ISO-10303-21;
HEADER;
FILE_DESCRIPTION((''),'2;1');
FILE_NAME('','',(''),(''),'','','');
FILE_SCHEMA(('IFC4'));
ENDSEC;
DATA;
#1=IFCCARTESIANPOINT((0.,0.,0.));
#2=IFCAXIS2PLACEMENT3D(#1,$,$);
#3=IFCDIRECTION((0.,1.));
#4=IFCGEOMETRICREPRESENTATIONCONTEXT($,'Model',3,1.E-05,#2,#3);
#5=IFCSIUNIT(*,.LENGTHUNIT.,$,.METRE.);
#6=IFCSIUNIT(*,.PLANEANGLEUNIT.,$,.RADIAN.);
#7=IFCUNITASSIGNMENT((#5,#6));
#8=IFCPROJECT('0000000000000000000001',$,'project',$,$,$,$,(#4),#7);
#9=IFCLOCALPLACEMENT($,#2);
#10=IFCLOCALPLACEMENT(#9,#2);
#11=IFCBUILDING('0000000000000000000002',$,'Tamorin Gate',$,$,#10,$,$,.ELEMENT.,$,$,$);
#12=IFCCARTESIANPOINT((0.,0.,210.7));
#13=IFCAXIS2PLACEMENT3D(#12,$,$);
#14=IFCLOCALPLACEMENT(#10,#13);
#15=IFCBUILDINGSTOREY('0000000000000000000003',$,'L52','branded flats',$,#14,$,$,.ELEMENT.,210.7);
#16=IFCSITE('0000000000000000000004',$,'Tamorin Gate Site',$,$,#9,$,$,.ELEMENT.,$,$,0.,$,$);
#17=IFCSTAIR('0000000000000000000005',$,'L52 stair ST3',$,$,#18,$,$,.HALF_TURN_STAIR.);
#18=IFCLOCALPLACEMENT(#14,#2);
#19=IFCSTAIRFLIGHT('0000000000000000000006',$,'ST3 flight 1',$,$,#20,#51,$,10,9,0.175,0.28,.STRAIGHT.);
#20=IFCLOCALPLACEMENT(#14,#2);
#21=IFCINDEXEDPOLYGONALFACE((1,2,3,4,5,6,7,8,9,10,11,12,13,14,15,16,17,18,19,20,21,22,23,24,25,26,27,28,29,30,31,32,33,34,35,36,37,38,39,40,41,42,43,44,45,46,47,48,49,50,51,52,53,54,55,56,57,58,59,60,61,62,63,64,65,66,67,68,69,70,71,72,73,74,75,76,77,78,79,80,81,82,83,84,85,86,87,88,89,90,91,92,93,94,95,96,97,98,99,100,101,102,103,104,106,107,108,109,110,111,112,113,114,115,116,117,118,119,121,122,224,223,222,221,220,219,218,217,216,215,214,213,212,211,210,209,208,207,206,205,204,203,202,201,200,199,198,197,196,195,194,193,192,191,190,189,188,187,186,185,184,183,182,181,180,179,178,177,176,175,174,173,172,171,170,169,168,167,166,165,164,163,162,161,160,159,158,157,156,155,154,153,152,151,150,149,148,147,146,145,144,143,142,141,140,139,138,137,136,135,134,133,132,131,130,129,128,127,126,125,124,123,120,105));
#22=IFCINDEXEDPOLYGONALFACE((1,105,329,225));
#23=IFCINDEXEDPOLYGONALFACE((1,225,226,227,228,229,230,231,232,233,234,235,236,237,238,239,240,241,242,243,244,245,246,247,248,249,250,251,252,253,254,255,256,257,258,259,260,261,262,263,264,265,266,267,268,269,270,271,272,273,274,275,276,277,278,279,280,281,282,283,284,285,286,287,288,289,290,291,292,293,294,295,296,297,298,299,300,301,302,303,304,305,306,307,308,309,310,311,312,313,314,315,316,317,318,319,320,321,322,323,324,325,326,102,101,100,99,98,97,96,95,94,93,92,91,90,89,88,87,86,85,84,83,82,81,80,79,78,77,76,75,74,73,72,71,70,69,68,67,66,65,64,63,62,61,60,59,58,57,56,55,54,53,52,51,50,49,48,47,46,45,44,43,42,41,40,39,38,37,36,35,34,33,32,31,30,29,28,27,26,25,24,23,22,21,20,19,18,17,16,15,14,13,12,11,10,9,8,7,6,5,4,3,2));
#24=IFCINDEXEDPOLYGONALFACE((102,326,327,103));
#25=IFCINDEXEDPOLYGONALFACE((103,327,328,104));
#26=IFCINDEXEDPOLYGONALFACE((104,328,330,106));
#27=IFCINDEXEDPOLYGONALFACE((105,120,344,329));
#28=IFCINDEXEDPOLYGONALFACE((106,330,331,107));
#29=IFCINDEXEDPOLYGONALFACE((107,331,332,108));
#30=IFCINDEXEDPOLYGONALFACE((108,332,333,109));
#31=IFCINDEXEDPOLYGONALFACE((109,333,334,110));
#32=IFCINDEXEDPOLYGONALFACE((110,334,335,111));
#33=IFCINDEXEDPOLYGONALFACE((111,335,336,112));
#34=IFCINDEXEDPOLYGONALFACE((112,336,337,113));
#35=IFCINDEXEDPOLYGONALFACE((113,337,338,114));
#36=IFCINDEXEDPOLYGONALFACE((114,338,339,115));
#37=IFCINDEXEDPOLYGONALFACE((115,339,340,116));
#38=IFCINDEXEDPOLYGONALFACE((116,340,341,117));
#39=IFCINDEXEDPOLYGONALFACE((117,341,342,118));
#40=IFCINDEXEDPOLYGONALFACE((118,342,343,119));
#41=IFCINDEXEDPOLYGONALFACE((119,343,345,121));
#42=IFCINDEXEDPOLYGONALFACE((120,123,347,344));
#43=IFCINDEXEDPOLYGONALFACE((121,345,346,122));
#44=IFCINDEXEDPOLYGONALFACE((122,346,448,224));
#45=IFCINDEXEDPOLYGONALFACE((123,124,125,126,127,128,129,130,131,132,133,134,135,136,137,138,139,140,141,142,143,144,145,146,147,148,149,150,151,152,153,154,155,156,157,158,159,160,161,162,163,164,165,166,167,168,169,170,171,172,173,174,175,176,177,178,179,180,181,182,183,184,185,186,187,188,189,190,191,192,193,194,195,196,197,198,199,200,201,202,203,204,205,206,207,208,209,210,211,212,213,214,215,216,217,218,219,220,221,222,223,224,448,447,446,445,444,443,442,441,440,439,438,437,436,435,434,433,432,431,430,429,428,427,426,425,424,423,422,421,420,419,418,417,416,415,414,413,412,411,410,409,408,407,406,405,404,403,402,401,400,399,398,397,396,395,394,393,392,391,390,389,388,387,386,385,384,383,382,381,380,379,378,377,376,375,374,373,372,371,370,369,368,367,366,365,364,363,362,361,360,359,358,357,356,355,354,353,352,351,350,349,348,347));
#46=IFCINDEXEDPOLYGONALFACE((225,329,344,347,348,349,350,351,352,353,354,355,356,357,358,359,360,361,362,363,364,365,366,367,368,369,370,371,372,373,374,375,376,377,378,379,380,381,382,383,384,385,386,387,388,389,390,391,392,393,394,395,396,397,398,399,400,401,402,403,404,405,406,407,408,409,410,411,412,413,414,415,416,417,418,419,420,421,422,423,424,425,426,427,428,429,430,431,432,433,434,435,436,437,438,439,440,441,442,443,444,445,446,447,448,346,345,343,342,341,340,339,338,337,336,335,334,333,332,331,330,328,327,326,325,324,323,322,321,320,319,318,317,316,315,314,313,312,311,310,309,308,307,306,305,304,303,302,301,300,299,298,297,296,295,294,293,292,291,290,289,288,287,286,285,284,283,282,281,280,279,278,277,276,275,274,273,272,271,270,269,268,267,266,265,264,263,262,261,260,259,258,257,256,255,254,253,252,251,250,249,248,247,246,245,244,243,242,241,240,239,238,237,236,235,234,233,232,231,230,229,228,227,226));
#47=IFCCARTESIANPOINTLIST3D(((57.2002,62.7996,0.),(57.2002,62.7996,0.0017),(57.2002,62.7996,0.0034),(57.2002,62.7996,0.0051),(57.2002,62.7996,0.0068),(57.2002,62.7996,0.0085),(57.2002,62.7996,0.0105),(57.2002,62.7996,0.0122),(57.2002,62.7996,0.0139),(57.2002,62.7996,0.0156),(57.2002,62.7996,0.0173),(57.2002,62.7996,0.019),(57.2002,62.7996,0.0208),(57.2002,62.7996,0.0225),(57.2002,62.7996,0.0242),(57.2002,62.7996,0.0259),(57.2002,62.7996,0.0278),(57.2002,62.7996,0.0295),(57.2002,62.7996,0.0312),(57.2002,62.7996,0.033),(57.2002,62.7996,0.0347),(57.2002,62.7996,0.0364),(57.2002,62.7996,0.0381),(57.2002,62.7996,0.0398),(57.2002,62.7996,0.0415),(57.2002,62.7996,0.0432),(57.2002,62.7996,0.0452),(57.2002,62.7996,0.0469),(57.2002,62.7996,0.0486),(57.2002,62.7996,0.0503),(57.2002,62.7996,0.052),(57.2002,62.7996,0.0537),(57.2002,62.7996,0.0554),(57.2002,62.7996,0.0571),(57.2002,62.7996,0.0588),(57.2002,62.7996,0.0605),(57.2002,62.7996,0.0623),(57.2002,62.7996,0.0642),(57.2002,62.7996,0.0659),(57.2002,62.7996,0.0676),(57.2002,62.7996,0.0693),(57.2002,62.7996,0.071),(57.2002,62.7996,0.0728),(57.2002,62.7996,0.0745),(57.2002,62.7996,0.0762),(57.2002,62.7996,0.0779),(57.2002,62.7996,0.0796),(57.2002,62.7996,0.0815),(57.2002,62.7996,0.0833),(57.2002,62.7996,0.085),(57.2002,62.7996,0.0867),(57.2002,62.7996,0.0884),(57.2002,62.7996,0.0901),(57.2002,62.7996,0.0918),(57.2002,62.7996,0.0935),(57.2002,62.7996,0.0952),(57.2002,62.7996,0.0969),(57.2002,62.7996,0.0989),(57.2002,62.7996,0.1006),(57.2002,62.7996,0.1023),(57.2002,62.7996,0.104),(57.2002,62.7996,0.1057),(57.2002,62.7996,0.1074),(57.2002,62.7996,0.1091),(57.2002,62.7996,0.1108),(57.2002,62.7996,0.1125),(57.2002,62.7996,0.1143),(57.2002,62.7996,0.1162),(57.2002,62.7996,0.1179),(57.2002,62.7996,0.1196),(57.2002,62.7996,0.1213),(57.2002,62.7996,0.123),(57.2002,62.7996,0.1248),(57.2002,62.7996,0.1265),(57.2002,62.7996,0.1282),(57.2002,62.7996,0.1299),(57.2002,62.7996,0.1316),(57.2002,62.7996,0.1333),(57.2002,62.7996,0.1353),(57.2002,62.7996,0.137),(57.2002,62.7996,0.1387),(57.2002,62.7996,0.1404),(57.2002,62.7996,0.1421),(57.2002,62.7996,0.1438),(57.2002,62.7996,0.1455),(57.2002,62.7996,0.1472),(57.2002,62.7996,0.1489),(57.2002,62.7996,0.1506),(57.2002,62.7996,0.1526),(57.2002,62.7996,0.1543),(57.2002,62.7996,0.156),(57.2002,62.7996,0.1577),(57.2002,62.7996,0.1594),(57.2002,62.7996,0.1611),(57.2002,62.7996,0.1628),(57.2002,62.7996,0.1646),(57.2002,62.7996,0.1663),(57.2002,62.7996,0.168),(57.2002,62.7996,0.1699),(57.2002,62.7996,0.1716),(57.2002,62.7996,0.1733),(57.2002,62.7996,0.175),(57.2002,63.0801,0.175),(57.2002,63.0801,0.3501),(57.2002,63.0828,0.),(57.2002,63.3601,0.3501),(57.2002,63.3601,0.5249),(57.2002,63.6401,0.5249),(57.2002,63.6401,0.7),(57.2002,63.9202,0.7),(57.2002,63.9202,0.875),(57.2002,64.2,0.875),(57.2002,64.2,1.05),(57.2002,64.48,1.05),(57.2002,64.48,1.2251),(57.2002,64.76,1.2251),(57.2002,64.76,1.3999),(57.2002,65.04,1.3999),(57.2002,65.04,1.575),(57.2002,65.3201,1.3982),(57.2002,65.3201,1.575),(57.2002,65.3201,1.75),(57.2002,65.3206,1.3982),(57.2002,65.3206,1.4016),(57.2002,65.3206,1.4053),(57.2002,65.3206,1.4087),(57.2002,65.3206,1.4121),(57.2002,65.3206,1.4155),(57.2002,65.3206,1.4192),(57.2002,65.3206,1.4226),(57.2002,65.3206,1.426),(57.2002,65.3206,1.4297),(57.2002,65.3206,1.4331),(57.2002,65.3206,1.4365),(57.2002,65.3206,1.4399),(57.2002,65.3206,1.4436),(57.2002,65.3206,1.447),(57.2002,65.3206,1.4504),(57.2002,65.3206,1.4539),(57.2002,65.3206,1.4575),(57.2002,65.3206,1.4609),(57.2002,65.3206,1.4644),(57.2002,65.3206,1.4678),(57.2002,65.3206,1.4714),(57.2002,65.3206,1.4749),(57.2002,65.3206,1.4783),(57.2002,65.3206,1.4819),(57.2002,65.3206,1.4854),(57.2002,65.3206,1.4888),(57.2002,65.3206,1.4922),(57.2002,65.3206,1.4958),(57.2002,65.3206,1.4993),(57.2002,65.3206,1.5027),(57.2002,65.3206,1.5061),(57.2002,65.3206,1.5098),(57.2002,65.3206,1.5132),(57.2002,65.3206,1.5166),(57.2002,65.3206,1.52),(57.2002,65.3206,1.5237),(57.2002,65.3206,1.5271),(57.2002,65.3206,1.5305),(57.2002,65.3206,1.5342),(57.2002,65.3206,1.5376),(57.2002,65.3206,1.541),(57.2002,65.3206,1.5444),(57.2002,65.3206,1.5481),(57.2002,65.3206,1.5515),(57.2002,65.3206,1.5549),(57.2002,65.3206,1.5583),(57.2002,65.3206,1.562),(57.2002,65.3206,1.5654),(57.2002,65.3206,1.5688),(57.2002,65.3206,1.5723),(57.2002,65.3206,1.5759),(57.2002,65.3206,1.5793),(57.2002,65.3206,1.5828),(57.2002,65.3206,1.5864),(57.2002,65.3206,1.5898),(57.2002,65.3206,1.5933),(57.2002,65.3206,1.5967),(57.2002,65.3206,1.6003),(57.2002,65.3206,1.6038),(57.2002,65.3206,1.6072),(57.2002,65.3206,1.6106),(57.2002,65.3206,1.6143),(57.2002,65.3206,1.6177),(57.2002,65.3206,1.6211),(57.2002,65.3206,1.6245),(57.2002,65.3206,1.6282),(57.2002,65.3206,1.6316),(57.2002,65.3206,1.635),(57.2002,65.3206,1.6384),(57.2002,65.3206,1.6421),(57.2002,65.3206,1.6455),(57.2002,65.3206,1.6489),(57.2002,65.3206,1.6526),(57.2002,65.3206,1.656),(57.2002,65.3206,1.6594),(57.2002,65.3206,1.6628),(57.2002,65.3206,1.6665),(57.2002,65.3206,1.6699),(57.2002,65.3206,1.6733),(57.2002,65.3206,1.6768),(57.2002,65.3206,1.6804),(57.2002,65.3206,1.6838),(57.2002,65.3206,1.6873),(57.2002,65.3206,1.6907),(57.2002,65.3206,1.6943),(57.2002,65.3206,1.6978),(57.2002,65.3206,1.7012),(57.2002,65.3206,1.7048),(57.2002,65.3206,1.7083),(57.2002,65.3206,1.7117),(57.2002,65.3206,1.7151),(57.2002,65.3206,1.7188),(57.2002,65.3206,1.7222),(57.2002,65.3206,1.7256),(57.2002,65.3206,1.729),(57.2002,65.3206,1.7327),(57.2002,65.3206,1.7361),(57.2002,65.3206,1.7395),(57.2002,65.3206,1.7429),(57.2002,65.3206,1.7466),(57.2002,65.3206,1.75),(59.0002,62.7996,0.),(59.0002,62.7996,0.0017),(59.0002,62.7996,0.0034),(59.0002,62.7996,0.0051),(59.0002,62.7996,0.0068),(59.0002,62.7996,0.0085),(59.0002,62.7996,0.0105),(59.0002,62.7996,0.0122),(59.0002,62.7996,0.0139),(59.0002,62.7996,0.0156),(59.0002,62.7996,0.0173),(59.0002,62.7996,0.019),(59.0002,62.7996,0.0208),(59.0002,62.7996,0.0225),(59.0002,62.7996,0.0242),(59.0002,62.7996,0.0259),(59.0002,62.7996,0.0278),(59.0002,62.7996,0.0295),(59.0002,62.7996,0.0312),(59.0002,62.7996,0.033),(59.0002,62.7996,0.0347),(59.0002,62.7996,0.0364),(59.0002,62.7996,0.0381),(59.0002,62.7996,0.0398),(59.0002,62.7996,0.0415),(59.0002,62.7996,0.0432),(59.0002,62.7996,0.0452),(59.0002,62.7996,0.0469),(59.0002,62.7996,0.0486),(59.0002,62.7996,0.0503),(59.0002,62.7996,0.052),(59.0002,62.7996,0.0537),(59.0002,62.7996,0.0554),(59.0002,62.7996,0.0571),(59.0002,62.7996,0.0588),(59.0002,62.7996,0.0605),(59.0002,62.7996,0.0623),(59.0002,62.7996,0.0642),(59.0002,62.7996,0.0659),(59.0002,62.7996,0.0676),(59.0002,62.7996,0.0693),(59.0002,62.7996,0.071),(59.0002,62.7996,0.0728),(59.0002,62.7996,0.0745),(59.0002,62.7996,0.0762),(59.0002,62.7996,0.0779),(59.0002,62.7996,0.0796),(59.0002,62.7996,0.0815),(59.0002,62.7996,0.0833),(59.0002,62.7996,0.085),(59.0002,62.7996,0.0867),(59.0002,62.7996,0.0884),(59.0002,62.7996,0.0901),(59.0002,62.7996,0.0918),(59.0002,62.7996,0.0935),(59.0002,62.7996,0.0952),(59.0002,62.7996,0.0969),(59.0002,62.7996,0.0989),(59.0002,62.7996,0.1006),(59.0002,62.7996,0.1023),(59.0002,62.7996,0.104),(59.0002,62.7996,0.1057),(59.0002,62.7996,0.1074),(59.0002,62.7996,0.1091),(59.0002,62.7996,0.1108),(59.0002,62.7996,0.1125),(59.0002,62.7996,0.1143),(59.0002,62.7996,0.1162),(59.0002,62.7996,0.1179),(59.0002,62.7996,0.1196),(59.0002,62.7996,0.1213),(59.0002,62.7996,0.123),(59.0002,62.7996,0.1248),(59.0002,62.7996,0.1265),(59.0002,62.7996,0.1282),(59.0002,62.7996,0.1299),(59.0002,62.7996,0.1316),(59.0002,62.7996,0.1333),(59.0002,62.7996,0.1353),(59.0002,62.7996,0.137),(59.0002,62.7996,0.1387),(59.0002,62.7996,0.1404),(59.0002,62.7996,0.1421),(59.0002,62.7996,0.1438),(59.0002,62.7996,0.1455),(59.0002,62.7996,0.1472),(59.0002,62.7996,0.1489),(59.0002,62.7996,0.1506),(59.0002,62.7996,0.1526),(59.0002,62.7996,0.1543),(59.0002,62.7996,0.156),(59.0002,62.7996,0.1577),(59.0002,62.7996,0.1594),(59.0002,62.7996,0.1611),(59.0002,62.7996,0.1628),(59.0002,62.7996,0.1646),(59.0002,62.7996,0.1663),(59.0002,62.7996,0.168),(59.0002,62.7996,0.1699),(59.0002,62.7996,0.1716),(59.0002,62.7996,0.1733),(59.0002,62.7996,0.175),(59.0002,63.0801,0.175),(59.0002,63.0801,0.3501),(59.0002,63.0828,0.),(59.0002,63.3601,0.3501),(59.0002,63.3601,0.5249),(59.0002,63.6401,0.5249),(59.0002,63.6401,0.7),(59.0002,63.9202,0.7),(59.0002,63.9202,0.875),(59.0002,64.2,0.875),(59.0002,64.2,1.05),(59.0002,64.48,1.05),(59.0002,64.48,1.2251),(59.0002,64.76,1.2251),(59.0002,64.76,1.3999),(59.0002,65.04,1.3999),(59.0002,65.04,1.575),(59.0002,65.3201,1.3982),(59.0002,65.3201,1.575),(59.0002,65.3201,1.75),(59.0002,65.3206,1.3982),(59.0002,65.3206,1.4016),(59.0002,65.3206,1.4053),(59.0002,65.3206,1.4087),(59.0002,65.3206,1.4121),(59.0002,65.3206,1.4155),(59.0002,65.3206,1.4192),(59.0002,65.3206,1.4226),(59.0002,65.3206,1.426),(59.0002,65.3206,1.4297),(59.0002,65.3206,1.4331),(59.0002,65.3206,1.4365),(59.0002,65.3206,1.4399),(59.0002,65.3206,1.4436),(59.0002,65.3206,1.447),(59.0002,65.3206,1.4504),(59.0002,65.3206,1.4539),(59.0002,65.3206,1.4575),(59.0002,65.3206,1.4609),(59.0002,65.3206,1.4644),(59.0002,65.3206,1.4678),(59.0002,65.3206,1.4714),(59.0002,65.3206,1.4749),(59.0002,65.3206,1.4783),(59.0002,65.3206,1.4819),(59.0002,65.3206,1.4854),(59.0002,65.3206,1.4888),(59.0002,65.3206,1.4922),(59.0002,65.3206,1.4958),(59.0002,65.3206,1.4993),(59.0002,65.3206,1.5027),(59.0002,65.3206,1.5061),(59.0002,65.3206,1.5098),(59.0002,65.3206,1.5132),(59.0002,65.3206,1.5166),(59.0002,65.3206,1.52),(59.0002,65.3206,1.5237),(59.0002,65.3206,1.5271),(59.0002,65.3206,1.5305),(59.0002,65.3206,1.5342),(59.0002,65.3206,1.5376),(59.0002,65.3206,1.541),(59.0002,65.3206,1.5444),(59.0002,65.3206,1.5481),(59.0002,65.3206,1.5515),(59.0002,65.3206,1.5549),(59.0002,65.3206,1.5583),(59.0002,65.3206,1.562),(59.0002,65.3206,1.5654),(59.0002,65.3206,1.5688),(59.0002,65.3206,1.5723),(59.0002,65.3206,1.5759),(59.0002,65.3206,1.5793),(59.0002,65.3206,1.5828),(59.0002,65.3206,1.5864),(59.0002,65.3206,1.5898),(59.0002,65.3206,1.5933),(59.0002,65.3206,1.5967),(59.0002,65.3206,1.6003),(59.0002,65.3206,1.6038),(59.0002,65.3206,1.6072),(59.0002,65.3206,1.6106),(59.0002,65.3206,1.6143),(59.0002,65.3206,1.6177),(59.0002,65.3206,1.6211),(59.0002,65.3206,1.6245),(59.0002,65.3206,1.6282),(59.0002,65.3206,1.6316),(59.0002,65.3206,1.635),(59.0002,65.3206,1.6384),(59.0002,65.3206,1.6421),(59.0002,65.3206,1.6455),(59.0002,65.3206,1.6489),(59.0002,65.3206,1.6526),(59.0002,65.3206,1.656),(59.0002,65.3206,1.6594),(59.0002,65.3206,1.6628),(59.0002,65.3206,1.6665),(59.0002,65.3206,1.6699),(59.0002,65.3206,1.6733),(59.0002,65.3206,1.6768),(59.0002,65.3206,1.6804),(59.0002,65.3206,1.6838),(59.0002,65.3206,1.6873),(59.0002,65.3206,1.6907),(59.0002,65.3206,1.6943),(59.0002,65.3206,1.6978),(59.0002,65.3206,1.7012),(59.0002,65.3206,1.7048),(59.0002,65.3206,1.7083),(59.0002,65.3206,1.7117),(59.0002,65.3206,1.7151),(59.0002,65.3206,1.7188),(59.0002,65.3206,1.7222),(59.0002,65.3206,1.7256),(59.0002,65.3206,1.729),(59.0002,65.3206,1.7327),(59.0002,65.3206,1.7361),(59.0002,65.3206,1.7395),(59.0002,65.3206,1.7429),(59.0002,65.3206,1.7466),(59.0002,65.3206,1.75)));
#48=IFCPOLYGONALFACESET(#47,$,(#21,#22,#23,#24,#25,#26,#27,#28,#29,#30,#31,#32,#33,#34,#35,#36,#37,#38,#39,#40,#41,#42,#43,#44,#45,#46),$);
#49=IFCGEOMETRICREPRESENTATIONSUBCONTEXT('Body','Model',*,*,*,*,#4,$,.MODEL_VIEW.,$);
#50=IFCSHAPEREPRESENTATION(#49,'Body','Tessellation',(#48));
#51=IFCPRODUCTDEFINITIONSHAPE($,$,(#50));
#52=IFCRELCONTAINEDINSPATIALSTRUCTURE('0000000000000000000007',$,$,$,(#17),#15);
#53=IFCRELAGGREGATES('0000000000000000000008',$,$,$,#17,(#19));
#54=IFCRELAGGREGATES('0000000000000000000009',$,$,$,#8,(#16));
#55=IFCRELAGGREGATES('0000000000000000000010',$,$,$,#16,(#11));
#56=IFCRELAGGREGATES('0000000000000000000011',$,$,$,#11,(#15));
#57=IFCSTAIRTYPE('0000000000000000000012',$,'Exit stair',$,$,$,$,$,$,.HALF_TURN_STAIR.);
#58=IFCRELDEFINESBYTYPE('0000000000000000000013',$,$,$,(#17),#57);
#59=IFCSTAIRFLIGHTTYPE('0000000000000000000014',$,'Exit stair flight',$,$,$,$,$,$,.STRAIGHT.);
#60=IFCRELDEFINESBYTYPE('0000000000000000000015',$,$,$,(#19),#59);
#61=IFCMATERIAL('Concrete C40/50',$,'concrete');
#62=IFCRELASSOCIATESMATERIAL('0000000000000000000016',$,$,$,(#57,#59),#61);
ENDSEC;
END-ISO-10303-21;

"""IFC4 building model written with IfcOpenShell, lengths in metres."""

from ifc_helpers import new_model, si_unit, direction, frame, origin, place, context, subcontext, project, spatial, polyline, outline, extrude, material, type_object, element, aggregate, save


model = new_model("IFC4")

# Units and contexts
model_context = context("Model", 3, precision=1e-05, world=origin(), true_north=direction((0.0, 1.0)))
body_context = subcontext(model_context, "Body", "Model", "MODEL_VIEW")
ifc_project = project(units=[si_unit("LENGTHUNIT", "METRE"), si_unit("PLANEANGLEUNIT", "RADIAN")], contexts=[model_context])

# Site, building, storey
site_placement = place(None, origin())
site = spatial("IfcSite", under=ifc_project, at=site_placement, Name="Tamorin Gate Site", CompositionType="ELEMENT", RefElevation=0.0)
building_placement = place(site_placement, origin())
building = spatial("IfcBuilding", under=site, at=building_placement, Name="Tamorin Gate", CompositionType="ELEMENT")
storey_placement = place(building_placement, frame((0.0, 0.0, 210.7)))
storey = spatial("IfcBuildingStorey", under=building, at=storey_placement, Name="L52", Description="branded flats", CompositionType="ELEMENT", Elevation=210.7)

# Stair, stair flight
ifc_material_1 = material(Name="Concrete C40/50", Category="concrete")
stair_type = type_object("IfcStairType", Name="Exit stair", PredefinedType="HALF_TURN_STAIR", material=ifc_material_1)
stair_placement = place(storey_placement, origin())
stair = element("IfcStair", 1, at=stair_placement, inside=storey, type_object=stair_type, Name="L52 stair ST3", PredefinedType="HALF_TURN_STAIR")
stair_flight_type = type_object("IfcStairFlightType", Name="Exit stair flight", PredefinedType="STRAIGHT", material=ifc_material_1)
stair_flight_1_placement = place(storey_placement, frame((58.1001, 62.8, 0.0), z_axis=(0.0, 0.0, 1.0), x_axis=(0.0, 1.0, 0.0)))
stair_flight_1 = element("IfcStairFlight", 2, at=stair_flight_1_placement, type_object=stair_flight_type, Name="ST3 flight 1", NumberOfRisers=10, NumberOfTreads=9, PredefinedType="STRAIGHT", RiserHeight=0.175, TreadLength=0.28, context=body_context, shape_type="SweptSolid", body=[
    extrude(outline(polyline([(-0.0005, 0.0), (-0.0005, 0.0017), (-0.0005, 0.0034), (-0.0005, 0.0051), (-0.0005, 0.0068), (-0.0005, 0.0085), (-0.0005, 0.0105), (-0.0005, 0.0122), (-0.0005, 0.0139), (-0.0005, 0.0156), (-0.0005, 0.0173), (-0.0005, 0.019), (-0.0005, 0.0208), (-0.0005, 0.0225), (-0.0005, 0.0242), (-0.0005, 0.0259), (-0.0005, 0.0278), (-0.0005, 0.0295), (-0.0005, 0.0312), (-0.0005, 0.033), (-0.0005, 0.0347), (-0.0005, 0.0364), (-0.0005, 0.0381), (-0.0005, 0.0398), (-0.0005, 0.0415), (-0.0005, 0.0432), (-0.0005, 0.0452), (-0.0005, 0.0469), (-0.0005, 0.0486), (-0.0005, 0.0503), (-0.0005, 0.052), (-0.0005, 0.0537), (-0.0005, 0.0554), (-0.0005, 0.0571), (-0.0005, 0.0588), (-0.0005, 0.0605), (-0.0005, 0.0623), (-0.0005, 0.0642), (-0.0005, 0.0659), (-0.0005, 0.0676), (-0.0005, 0.0693), (-0.0005, 0.071), (-0.0005, 0.0728), (-0.0005, 0.0745), (-0.0005, 0.0762), (-0.0005, 0.0779), (-0.0005, 0.0796), (-0.0005, 0.0815), (-0.0005, 0.0833), (-0.0005, 0.085), (-0.0005, 0.0867), (-0.0005, 0.0884), (-0.0005, 0.0901), (-0.0005, 0.0918), (-0.0005, 0.0935), (-0.0005, 0.0952), (-0.0005, 0.0969), (-0.0005, 0.0989), (-0.0005, 0.1006), (-0.0005, 0.1023), (-0.0005, 0.104), (-0.0005, 0.1057), (-0.0005, 0.1074), (-0.0005, 0.1091), (-0.0005, 0.1108), (-0.0005, 0.1125), (-0.0005, 0.1143), (-0.0005, 0.1162), (-0.0005, 0.1179), (-0.0005, 0.1196), (-0.0005, 0.1213), (-0.0005, 0.123), (-0.0005, 0.1248), (-0.0005, 0.1265), (-0.0005, 0.1282), (-0.0005, 0.1299), (-0.0005, 0.1316), (-0.0005, 0.1333), (-0.0005, 0.1353), (-0.0005, 0.137), (-0.0005, 0.1387), (-0.0005, 0.1404), (-0.0005, 0.1421), (-0.0005, 0.1438), (-0.0005, 0.1455), (-0.0005, 0.1472), (-0.0005, 0.1489), (-0.0005, 0.1506), (-0.0005, 0.1526), (-0.0005, 0.1543), (-0.0005, 0.156), (-0.0005, 0.1577), (-0.0005, 0.1594), (-0.0005, 0.1611), (-0.0005, 0.1628), (-0.0005, 0.1646), (-0.0005, 0.1663), (-0.0005, 0.168), (-0.0005, 0.1699), (-0.0005, 0.1716), (-0.0005, 0.1733), (-0.0005, 0.175), (0.28, 0.175), (0.28, 0.3501), (0.5601, 0.3501), (0.5601, 0.5249), (0.8401, 0.5249), (0.8401, 0.7), (1.1201, 0.7), (1.1201, 0.875), (1.3999, 0.875), (1.3999, 1.05), (1.6799, 1.05), (1.6799, 1.2251), (1.96, 1.2251), (1.96, 1.3999), (2.24, 1.3999), (2.24, 1.575), (2.52, 1.575), (2.52, 1.75), (2.5205, 1.75), (2.5205, 1.7466), (2.5205, 1.7429), (2.5205, 1.7395), (2.5205, 1.7361), (2.5205, 1.7327), (2.5205, 1.729), (2.5205, 1.7256), (2.5205, 1.7222), (2.5205, 1.7188), (2.5205, 1.7151), (2.5205, 1.7117), (2.5205, 1.7083), (2.5205, 1.7048), (2.5205, 1.7012), (2.5205, 1.6978), (2.5205, 1.6943), (2.5205, 1.6907), (2.5205, 1.6873), (2.5205, 1.6838), (2.5205, 1.6804), (2.5205, 1.6768), (2.5205, 1.6733), (2.5205, 1.6699), (2.5205, 1.6665), (2.5205, 1.6628), (2.5205, 1.6594), (2.5205, 1.656), (2.5205, 1.6526), (2.5205, 1.6489), (2.5205, 1.6455), (2.5205, 1.6421), (2.5205, 1.6384), (2.5205, 1.635), (2.5205, 1.6316), (2.5205, 1.6282), (2.5205, 1.6245), (2.5205, 1.6211), (2.5205, 1.6177), (2.5205, 1.6143), (2.5205, 1.6106), (2.5205, 1.6072), (2.5205, 1.6038), (2.5205, 1.6003), (2.5205, 1.5967), (2.5205, 1.5933), (2.5205, 1.5898), (2.5205, 1.5864), (2.5205, 1.5828), (2.5205, 1.5793), (2.5205, 1.5759), (2.5205, 1.5723), (2.5205, 1.5688), (2.5205, 1.5654), (2.5205, 1.562), (2.5205, 1.5583), (2.5205, 1.5549), (2.5205, 1.5515), (2.5205, 1.5481), (2.5205, 1.5444), (2.5205, 1.541), (2.5205, 1.5376), (2.5205, 1.5342), (2.5205, 1.5305), (2.5205, 1.5271), (2.5205, 1.5237), (2.5205, 1.52), (2.5205, 1.5166), (2.5205, 1.5132), (2.5205, 1.5098), (2.5205, 1.5061), (2.5205, 1.5027), (2.5205, 1.4993), (2.5205, 1.4958), (2.5205, 1.4922), (2.5205, 1.4888), (2.5205, 1.4854), (2.5205, 1.4819), (2.5205, 1.4783), (2.5205, 1.4749), (2.5205, 1.4714), (2.5205, 1.4678), (2.5205, 1.4644), (2.5205, 1.4609), (2.5205, 1.4575), (2.5205, 1.4539), (2.5205, 1.4504), (2.5205, 1.447), (2.5205, 1.4436), (2.5205, 1.4399), (2.5205, 1.4365), (2.5205, 1.4331), (2.5205, 1.4297), (2.5205, 1.426), (2.5205, 1.4226), (2.5205, 1.4192), (2.5205, 1.4155), (2.5205, 1.4121), (2.5205, 1.4087), (2.5205, 1.4053), (2.5205, 1.4016), (2.5205, 1.3982), (2.52, 1.3982), (0.2827, 0.0), (-0.0005, 0.0)])), frame((0.0, 0.8999, 0.0), z_axis=(0.0, -1.0, 0.0), x_axis=(1.0, 0.0, 0.0)), (0.0, 0.0, 1.0), 1.8),
])
aggregate(stair, [stair_flight_1])

save(model, "model.ifc")
